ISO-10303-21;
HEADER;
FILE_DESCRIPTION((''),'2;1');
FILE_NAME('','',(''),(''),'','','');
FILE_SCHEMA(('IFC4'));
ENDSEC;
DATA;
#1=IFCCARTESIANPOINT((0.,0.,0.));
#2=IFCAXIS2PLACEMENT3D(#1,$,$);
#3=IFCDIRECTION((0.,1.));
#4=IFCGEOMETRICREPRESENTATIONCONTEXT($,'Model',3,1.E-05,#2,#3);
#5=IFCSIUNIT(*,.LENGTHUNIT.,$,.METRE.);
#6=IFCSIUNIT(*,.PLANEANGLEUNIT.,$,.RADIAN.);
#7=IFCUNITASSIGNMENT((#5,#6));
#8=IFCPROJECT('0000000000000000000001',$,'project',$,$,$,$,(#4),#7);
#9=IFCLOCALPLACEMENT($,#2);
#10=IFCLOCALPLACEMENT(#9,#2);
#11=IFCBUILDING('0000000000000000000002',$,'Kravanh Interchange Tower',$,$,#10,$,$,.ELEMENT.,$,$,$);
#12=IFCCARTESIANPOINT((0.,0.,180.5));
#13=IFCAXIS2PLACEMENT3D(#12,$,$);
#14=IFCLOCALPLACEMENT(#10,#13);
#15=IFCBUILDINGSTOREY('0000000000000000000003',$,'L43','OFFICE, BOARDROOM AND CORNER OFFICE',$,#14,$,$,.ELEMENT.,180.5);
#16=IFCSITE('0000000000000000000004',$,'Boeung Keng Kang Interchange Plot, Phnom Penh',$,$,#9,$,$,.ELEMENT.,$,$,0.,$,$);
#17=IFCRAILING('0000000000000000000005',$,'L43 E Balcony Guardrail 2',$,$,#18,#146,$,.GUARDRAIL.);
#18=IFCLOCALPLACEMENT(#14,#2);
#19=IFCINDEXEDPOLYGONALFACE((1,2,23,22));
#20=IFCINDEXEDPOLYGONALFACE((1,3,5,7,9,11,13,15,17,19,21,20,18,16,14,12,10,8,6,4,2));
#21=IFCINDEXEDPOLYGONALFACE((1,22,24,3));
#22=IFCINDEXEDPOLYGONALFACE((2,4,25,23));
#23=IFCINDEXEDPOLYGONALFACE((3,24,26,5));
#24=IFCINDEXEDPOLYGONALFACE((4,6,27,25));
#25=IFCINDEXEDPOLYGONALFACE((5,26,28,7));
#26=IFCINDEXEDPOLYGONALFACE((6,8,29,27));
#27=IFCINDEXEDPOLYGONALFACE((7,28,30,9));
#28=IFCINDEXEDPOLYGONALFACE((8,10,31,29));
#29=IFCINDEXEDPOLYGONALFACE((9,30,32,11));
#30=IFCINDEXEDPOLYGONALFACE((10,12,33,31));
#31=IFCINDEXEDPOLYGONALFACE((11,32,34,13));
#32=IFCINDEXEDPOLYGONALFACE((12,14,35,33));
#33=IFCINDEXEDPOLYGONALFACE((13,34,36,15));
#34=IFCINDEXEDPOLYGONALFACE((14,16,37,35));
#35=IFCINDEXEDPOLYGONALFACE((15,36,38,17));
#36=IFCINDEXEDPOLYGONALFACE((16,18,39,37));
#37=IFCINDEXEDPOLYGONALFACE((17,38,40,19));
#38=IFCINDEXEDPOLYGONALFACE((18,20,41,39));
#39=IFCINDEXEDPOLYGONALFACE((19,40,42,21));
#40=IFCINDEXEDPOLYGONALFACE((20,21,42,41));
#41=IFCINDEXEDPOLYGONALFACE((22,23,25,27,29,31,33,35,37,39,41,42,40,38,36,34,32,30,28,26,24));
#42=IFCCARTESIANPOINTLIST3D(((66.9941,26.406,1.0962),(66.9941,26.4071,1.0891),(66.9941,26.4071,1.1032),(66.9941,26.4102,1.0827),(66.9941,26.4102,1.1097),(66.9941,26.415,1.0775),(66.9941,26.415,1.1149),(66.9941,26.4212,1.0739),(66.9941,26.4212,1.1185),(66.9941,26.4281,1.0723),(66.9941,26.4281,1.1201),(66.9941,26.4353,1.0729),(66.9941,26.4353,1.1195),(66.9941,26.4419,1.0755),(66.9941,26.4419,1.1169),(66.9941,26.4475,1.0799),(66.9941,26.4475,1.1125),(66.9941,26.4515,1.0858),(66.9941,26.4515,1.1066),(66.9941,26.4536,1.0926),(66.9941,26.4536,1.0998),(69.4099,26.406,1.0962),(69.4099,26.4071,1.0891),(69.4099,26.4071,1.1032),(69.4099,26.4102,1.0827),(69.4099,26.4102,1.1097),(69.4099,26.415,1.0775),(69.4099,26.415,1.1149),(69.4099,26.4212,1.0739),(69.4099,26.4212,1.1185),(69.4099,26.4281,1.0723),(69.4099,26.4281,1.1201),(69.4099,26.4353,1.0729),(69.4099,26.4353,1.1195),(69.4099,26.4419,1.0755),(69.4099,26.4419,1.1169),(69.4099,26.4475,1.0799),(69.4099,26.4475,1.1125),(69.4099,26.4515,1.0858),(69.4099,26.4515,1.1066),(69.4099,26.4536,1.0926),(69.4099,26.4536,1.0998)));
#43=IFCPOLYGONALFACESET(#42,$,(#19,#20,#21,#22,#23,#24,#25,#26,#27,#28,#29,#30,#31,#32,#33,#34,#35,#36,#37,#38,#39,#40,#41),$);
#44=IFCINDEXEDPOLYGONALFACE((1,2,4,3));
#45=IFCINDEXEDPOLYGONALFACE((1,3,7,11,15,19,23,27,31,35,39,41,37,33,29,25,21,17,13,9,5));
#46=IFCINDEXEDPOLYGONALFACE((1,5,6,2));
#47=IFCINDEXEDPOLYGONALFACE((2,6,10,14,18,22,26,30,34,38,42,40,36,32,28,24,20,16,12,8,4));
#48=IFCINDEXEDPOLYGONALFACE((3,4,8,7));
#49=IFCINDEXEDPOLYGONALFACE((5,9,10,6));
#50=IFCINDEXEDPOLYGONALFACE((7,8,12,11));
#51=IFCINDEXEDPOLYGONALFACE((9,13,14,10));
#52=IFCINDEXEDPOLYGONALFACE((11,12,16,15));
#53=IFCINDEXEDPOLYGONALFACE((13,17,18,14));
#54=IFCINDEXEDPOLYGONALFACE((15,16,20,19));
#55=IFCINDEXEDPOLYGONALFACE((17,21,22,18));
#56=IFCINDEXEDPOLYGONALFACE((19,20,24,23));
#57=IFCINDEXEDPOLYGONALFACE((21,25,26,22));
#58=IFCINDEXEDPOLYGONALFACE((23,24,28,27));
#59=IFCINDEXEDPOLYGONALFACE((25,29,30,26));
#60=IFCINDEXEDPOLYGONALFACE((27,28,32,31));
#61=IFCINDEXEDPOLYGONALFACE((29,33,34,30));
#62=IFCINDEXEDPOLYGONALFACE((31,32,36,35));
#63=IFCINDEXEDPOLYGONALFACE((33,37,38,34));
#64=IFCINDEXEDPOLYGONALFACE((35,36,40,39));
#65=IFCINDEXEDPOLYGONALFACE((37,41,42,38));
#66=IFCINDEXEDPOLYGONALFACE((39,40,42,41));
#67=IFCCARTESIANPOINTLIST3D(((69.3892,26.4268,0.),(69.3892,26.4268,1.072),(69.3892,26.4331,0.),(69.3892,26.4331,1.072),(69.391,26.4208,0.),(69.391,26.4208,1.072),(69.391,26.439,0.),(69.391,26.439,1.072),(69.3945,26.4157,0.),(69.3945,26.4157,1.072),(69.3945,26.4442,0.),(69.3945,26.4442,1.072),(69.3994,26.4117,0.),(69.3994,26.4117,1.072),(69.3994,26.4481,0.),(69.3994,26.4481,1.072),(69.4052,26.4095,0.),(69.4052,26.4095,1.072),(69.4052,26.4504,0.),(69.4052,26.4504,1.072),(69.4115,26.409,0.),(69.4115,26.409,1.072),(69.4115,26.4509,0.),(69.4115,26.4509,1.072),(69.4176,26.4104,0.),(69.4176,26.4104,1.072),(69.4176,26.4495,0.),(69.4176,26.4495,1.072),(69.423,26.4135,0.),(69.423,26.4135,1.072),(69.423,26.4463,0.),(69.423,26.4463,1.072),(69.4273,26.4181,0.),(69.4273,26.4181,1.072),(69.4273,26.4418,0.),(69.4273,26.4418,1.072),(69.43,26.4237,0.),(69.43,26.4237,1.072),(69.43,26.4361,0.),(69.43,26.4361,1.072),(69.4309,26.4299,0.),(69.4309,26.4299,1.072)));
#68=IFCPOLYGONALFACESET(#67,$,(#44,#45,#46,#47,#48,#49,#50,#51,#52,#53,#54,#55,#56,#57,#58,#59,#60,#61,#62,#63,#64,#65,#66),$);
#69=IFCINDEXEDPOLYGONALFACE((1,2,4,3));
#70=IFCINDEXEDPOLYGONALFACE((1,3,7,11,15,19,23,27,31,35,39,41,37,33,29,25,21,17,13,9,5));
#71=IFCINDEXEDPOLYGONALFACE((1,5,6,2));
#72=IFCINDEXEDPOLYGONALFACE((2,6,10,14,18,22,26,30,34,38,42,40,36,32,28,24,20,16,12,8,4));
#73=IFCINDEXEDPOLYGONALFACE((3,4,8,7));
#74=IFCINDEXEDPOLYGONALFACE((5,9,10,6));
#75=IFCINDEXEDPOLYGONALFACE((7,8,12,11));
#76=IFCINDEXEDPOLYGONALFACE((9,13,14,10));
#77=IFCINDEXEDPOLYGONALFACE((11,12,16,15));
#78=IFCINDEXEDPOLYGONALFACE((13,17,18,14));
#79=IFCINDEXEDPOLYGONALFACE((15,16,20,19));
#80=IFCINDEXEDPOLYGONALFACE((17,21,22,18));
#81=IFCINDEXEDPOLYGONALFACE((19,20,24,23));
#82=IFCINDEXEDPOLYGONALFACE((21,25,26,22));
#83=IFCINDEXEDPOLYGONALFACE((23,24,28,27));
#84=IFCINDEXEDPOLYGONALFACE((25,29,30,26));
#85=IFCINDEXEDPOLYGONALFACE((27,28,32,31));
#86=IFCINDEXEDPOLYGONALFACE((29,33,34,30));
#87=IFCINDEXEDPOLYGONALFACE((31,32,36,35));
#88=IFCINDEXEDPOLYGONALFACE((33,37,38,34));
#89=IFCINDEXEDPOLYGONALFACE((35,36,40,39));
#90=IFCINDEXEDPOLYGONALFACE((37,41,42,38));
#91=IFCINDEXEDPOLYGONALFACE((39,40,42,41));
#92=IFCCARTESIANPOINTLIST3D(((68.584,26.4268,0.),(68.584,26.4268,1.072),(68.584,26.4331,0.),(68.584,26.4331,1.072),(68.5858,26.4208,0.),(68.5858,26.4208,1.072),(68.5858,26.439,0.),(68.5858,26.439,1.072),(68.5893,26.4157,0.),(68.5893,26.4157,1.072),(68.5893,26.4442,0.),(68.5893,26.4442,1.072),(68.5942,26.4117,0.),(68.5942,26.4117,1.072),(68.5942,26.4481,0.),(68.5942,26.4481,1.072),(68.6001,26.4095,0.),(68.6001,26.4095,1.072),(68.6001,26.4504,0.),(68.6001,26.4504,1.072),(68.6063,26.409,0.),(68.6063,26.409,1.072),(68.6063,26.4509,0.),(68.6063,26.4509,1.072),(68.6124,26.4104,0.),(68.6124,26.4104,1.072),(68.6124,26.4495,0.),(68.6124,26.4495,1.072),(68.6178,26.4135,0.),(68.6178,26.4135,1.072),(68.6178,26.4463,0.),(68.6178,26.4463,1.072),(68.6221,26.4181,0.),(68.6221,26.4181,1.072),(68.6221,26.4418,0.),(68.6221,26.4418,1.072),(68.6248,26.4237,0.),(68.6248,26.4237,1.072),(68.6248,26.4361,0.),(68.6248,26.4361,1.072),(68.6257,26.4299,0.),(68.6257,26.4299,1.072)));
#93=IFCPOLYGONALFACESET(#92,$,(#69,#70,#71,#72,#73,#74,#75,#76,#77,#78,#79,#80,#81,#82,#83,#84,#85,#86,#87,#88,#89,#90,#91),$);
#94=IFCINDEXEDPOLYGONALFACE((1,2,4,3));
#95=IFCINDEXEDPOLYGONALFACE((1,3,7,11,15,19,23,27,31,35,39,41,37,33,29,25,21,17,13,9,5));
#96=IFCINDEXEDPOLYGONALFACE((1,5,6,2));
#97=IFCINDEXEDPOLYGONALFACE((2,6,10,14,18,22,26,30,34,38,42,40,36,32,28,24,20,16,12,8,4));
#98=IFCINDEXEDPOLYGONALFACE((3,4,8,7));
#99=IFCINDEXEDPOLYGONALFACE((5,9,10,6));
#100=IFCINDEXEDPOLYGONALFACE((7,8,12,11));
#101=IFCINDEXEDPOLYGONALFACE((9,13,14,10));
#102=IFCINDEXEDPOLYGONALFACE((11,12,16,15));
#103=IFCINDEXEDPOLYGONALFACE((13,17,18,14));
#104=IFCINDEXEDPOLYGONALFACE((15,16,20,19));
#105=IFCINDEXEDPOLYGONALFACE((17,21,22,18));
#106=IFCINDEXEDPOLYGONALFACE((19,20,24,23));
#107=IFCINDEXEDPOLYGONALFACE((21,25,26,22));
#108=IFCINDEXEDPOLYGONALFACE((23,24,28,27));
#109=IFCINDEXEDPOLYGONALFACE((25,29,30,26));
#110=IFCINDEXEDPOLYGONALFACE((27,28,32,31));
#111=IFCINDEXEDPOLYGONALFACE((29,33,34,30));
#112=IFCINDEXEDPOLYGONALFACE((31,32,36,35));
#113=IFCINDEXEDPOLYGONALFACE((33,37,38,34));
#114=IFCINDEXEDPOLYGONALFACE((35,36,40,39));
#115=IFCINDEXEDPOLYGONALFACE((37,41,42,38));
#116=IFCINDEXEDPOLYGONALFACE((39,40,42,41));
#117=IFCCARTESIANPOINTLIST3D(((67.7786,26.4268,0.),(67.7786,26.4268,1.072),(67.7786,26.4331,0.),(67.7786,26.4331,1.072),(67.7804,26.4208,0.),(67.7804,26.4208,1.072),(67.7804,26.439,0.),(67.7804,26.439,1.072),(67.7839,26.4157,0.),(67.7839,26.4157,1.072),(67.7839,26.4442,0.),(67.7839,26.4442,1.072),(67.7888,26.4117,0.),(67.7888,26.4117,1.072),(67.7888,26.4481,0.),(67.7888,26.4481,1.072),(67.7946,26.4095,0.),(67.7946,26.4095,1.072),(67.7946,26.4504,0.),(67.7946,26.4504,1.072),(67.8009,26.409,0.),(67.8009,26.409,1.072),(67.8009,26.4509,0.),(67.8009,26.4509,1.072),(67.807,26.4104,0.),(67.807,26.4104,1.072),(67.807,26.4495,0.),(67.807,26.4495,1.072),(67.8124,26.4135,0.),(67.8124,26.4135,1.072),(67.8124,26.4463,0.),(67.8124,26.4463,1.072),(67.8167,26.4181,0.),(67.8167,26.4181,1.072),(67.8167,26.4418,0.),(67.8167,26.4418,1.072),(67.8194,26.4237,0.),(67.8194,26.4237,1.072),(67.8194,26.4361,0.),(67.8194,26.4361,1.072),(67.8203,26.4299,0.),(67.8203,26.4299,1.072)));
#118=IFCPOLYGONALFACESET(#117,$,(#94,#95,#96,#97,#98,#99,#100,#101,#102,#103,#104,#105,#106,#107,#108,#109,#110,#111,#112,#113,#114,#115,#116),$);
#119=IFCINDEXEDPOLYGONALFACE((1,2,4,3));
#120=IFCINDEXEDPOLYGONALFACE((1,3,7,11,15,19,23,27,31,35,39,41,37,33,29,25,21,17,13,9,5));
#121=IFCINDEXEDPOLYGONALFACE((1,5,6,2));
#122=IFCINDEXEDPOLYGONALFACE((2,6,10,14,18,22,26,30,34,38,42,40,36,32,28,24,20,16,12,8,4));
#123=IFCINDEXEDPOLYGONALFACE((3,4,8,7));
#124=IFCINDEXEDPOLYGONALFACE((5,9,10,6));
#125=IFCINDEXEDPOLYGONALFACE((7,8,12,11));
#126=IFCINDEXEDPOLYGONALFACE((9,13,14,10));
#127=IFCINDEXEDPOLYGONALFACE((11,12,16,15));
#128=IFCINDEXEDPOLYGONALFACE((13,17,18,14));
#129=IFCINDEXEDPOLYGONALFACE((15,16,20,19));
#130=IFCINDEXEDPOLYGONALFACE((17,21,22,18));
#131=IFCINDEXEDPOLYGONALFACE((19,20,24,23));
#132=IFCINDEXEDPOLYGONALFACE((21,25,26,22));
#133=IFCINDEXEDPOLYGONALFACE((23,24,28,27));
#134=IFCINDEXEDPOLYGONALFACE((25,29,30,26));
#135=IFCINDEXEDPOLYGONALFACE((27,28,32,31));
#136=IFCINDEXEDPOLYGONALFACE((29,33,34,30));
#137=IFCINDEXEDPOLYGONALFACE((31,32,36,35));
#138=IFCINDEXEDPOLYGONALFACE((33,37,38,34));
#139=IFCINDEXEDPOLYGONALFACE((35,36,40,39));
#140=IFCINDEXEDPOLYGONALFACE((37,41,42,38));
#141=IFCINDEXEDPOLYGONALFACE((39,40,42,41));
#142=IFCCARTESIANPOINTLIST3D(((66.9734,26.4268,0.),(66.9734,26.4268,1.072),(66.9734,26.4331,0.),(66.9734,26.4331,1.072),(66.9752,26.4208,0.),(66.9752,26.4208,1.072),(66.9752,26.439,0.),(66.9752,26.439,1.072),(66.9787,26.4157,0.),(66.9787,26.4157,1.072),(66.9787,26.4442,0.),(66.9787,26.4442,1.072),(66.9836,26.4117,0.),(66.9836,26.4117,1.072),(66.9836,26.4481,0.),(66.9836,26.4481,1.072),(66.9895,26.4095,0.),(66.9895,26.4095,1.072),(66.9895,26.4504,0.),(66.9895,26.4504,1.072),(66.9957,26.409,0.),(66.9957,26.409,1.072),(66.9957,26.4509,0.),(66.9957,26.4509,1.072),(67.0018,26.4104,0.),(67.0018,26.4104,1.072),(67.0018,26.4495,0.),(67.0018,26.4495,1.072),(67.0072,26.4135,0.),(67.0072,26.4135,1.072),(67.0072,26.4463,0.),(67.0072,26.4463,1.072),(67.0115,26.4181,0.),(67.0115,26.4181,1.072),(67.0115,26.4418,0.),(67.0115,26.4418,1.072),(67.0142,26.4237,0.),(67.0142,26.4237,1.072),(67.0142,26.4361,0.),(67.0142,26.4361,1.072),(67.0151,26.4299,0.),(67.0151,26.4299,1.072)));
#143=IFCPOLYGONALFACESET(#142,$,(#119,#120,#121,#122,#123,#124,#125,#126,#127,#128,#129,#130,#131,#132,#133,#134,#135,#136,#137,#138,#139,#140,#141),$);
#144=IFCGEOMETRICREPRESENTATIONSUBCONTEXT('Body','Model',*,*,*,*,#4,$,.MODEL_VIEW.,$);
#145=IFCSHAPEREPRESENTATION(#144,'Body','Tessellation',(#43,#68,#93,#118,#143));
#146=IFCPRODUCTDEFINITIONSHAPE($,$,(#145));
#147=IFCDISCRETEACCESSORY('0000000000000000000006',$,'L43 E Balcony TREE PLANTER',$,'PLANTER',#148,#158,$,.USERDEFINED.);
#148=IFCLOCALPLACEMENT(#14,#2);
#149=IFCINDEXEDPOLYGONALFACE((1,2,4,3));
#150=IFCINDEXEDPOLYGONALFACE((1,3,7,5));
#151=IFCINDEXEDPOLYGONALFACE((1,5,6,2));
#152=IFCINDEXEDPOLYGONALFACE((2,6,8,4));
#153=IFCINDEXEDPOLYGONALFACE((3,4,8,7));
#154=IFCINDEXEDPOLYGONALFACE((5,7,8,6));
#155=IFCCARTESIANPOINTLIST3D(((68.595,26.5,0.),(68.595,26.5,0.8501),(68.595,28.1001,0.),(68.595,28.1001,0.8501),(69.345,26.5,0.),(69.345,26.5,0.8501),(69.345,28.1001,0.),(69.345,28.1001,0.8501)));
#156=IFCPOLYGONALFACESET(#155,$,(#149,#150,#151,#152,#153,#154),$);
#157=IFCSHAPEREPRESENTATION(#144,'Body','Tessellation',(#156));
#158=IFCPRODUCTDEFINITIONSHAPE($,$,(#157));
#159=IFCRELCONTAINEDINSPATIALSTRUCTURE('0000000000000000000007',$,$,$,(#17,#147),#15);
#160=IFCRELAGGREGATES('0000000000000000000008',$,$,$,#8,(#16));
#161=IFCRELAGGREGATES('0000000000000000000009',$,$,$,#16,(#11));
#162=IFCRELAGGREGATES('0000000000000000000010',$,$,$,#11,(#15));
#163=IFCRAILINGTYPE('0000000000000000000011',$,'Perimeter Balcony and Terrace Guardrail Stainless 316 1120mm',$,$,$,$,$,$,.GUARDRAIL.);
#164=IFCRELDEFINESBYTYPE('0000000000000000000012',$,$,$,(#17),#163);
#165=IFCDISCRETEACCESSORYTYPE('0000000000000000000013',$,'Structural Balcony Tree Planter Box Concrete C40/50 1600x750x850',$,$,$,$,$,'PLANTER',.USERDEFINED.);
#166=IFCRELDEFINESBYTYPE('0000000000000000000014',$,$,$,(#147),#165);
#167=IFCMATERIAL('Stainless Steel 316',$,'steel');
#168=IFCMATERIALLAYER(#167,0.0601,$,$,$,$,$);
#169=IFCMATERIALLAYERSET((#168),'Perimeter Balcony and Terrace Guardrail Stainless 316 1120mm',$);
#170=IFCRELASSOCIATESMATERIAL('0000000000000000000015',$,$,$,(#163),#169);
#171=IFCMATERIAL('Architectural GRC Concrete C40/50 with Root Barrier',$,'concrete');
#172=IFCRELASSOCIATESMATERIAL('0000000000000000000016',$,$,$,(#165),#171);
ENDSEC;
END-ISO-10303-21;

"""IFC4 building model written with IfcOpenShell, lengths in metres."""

from ifc_helpers import new_model, si_unit, direction, frame, origin, origin_2d, place, context, subcontext, project, spatial, rectangle, circle, extrude, material, layer, layer_set, type_object, element, save


model = new_model("IFC4")

# Units and contexts
model_context = context("Model", 3, precision=1e-05, world=origin(), true_north=direction((0.0, 1.0)))
body_context = subcontext(model_context, "Body", "Model", "MODEL_VIEW")
ifc_project = project(units=[si_unit("LENGTHUNIT", "METRE"), si_unit("PLANEANGLEUNIT", "RADIAN")], contexts=[model_context])

# Site, building, storey
site_placement = place(None, origin())
site = spatial("IfcSite", under=ifc_project, at=site_placement, Name="Boeung Keng Kang Interchange Plot, Phnom Penh", CompositionType="ELEMENT", RefElevation=0.0)
building_placement = place(site_placement, origin())
building = spatial("IfcBuilding", under=site, at=building_placement, Name="Kravanh Interchange Tower", CompositionType="ELEMENT")
storey_placement = place(building_placement, frame((0.0, 0.0, 180.5)))
storey = spatial("IfcBuildingStorey", under=building, at=storey_placement, Name="L43", Description="OFFICE, BOARDROOM AND CORNER OFFICE", CompositionType="ELEMENT", Elevation=180.5)

# Railing
ifc_material_1 = material(Name="Stainless Steel 316", Category="steel")
ifc_layer_1 = layer(ifc_material_1, 0.0601)
ifc_layer_set_1 = layer_set([ifc_layer_1], Name="Perimeter Balcony and Terrace Guardrail Stainless 316 1120mm")
railing_type = type_object("IfcRailingType", Name="Perimeter Balcony and Terrace Guardrail Stainless 316 1120mm", PredefinedType="GUARDRAIL", material=ifc_layer_set_1)
railing_placement = place(storey_placement, frame((69.4099, 26.4299, 0.0)))
element("IfcRailing", 1, at=railing_placement, inside=storey, type_object=railing_type, Name="L43 E Balcony Guardrail 2", PredefinedType="GUARDRAIL", context=body_context, shape_type="SweptSolid", body=[
    extrude(circle(Radius=0.0239, at=origin_2d()), frame((0.0, 0.0, 1.0962), z_axis=(-1.0, 0.0, 0.0), x_axis=(0.0, -1.0, 0.0)), (0.0, 0.0, 1.0), 2.4158),
    extrude(circle(Radius=0.021, at=origin_2d()), origin(), (0.0, 0.0, 1.0), 1.072),
    extrude(circle(Radius=0.021, at=origin_2d()), frame((-0.8052, 0.0, 0.0)), (0.0, 0.0, 1.0), 1.072),
    extrude(circle(Radius=0.021, at=origin_2d()), frame((-1.6106, 0.0, 0.0)), (0.0, 0.0, 1.0), 1.072),
    extrude(circle(Radius=0.021, at=origin_2d()), frame((-2.4158, 0.0, 0.0)), (0.0, 0.0, 1.0), 1.072),
])

# Discrete accessory
ifc_material_2 = material(Name="Architectural GRC Concrete C40/50 with Root Barrier", Category="concrete")
discrete_accessory_type = type_object("IfcDiscreteAccessoryType", Name="Structural Balcony Tree Planter Box Concrete C40/50 1600x750x850", ElementType="PLANTER", PredefinedType="USERDEFINED", material=ifc_material_2)
discrete_accessory_placement = place(storey_placement, frame((68.97, 27.3, 0.0), z_axis=(0.0, 0.0, 1.0), x_axis=(1.0, 0.0, 0.0)))
element("IfcDiscreteAccessory", 2, at=discrete_accessory_placement, inside=storey, type_object=discrete_accessory_type, Name="L43 E Balcony TREE PLANTER", ObjectType="PLANTER", PredefinedType="USERDEFINED", context=body_context, shape_type="SweptSolid", body=[
    extrude(rectangle(XDim=0.75, YDim=1.6001, at=origin_2d()), origin(), (0.0, 0.0, 1.0), 0.8501),
])

save(model, "model.ifc")
